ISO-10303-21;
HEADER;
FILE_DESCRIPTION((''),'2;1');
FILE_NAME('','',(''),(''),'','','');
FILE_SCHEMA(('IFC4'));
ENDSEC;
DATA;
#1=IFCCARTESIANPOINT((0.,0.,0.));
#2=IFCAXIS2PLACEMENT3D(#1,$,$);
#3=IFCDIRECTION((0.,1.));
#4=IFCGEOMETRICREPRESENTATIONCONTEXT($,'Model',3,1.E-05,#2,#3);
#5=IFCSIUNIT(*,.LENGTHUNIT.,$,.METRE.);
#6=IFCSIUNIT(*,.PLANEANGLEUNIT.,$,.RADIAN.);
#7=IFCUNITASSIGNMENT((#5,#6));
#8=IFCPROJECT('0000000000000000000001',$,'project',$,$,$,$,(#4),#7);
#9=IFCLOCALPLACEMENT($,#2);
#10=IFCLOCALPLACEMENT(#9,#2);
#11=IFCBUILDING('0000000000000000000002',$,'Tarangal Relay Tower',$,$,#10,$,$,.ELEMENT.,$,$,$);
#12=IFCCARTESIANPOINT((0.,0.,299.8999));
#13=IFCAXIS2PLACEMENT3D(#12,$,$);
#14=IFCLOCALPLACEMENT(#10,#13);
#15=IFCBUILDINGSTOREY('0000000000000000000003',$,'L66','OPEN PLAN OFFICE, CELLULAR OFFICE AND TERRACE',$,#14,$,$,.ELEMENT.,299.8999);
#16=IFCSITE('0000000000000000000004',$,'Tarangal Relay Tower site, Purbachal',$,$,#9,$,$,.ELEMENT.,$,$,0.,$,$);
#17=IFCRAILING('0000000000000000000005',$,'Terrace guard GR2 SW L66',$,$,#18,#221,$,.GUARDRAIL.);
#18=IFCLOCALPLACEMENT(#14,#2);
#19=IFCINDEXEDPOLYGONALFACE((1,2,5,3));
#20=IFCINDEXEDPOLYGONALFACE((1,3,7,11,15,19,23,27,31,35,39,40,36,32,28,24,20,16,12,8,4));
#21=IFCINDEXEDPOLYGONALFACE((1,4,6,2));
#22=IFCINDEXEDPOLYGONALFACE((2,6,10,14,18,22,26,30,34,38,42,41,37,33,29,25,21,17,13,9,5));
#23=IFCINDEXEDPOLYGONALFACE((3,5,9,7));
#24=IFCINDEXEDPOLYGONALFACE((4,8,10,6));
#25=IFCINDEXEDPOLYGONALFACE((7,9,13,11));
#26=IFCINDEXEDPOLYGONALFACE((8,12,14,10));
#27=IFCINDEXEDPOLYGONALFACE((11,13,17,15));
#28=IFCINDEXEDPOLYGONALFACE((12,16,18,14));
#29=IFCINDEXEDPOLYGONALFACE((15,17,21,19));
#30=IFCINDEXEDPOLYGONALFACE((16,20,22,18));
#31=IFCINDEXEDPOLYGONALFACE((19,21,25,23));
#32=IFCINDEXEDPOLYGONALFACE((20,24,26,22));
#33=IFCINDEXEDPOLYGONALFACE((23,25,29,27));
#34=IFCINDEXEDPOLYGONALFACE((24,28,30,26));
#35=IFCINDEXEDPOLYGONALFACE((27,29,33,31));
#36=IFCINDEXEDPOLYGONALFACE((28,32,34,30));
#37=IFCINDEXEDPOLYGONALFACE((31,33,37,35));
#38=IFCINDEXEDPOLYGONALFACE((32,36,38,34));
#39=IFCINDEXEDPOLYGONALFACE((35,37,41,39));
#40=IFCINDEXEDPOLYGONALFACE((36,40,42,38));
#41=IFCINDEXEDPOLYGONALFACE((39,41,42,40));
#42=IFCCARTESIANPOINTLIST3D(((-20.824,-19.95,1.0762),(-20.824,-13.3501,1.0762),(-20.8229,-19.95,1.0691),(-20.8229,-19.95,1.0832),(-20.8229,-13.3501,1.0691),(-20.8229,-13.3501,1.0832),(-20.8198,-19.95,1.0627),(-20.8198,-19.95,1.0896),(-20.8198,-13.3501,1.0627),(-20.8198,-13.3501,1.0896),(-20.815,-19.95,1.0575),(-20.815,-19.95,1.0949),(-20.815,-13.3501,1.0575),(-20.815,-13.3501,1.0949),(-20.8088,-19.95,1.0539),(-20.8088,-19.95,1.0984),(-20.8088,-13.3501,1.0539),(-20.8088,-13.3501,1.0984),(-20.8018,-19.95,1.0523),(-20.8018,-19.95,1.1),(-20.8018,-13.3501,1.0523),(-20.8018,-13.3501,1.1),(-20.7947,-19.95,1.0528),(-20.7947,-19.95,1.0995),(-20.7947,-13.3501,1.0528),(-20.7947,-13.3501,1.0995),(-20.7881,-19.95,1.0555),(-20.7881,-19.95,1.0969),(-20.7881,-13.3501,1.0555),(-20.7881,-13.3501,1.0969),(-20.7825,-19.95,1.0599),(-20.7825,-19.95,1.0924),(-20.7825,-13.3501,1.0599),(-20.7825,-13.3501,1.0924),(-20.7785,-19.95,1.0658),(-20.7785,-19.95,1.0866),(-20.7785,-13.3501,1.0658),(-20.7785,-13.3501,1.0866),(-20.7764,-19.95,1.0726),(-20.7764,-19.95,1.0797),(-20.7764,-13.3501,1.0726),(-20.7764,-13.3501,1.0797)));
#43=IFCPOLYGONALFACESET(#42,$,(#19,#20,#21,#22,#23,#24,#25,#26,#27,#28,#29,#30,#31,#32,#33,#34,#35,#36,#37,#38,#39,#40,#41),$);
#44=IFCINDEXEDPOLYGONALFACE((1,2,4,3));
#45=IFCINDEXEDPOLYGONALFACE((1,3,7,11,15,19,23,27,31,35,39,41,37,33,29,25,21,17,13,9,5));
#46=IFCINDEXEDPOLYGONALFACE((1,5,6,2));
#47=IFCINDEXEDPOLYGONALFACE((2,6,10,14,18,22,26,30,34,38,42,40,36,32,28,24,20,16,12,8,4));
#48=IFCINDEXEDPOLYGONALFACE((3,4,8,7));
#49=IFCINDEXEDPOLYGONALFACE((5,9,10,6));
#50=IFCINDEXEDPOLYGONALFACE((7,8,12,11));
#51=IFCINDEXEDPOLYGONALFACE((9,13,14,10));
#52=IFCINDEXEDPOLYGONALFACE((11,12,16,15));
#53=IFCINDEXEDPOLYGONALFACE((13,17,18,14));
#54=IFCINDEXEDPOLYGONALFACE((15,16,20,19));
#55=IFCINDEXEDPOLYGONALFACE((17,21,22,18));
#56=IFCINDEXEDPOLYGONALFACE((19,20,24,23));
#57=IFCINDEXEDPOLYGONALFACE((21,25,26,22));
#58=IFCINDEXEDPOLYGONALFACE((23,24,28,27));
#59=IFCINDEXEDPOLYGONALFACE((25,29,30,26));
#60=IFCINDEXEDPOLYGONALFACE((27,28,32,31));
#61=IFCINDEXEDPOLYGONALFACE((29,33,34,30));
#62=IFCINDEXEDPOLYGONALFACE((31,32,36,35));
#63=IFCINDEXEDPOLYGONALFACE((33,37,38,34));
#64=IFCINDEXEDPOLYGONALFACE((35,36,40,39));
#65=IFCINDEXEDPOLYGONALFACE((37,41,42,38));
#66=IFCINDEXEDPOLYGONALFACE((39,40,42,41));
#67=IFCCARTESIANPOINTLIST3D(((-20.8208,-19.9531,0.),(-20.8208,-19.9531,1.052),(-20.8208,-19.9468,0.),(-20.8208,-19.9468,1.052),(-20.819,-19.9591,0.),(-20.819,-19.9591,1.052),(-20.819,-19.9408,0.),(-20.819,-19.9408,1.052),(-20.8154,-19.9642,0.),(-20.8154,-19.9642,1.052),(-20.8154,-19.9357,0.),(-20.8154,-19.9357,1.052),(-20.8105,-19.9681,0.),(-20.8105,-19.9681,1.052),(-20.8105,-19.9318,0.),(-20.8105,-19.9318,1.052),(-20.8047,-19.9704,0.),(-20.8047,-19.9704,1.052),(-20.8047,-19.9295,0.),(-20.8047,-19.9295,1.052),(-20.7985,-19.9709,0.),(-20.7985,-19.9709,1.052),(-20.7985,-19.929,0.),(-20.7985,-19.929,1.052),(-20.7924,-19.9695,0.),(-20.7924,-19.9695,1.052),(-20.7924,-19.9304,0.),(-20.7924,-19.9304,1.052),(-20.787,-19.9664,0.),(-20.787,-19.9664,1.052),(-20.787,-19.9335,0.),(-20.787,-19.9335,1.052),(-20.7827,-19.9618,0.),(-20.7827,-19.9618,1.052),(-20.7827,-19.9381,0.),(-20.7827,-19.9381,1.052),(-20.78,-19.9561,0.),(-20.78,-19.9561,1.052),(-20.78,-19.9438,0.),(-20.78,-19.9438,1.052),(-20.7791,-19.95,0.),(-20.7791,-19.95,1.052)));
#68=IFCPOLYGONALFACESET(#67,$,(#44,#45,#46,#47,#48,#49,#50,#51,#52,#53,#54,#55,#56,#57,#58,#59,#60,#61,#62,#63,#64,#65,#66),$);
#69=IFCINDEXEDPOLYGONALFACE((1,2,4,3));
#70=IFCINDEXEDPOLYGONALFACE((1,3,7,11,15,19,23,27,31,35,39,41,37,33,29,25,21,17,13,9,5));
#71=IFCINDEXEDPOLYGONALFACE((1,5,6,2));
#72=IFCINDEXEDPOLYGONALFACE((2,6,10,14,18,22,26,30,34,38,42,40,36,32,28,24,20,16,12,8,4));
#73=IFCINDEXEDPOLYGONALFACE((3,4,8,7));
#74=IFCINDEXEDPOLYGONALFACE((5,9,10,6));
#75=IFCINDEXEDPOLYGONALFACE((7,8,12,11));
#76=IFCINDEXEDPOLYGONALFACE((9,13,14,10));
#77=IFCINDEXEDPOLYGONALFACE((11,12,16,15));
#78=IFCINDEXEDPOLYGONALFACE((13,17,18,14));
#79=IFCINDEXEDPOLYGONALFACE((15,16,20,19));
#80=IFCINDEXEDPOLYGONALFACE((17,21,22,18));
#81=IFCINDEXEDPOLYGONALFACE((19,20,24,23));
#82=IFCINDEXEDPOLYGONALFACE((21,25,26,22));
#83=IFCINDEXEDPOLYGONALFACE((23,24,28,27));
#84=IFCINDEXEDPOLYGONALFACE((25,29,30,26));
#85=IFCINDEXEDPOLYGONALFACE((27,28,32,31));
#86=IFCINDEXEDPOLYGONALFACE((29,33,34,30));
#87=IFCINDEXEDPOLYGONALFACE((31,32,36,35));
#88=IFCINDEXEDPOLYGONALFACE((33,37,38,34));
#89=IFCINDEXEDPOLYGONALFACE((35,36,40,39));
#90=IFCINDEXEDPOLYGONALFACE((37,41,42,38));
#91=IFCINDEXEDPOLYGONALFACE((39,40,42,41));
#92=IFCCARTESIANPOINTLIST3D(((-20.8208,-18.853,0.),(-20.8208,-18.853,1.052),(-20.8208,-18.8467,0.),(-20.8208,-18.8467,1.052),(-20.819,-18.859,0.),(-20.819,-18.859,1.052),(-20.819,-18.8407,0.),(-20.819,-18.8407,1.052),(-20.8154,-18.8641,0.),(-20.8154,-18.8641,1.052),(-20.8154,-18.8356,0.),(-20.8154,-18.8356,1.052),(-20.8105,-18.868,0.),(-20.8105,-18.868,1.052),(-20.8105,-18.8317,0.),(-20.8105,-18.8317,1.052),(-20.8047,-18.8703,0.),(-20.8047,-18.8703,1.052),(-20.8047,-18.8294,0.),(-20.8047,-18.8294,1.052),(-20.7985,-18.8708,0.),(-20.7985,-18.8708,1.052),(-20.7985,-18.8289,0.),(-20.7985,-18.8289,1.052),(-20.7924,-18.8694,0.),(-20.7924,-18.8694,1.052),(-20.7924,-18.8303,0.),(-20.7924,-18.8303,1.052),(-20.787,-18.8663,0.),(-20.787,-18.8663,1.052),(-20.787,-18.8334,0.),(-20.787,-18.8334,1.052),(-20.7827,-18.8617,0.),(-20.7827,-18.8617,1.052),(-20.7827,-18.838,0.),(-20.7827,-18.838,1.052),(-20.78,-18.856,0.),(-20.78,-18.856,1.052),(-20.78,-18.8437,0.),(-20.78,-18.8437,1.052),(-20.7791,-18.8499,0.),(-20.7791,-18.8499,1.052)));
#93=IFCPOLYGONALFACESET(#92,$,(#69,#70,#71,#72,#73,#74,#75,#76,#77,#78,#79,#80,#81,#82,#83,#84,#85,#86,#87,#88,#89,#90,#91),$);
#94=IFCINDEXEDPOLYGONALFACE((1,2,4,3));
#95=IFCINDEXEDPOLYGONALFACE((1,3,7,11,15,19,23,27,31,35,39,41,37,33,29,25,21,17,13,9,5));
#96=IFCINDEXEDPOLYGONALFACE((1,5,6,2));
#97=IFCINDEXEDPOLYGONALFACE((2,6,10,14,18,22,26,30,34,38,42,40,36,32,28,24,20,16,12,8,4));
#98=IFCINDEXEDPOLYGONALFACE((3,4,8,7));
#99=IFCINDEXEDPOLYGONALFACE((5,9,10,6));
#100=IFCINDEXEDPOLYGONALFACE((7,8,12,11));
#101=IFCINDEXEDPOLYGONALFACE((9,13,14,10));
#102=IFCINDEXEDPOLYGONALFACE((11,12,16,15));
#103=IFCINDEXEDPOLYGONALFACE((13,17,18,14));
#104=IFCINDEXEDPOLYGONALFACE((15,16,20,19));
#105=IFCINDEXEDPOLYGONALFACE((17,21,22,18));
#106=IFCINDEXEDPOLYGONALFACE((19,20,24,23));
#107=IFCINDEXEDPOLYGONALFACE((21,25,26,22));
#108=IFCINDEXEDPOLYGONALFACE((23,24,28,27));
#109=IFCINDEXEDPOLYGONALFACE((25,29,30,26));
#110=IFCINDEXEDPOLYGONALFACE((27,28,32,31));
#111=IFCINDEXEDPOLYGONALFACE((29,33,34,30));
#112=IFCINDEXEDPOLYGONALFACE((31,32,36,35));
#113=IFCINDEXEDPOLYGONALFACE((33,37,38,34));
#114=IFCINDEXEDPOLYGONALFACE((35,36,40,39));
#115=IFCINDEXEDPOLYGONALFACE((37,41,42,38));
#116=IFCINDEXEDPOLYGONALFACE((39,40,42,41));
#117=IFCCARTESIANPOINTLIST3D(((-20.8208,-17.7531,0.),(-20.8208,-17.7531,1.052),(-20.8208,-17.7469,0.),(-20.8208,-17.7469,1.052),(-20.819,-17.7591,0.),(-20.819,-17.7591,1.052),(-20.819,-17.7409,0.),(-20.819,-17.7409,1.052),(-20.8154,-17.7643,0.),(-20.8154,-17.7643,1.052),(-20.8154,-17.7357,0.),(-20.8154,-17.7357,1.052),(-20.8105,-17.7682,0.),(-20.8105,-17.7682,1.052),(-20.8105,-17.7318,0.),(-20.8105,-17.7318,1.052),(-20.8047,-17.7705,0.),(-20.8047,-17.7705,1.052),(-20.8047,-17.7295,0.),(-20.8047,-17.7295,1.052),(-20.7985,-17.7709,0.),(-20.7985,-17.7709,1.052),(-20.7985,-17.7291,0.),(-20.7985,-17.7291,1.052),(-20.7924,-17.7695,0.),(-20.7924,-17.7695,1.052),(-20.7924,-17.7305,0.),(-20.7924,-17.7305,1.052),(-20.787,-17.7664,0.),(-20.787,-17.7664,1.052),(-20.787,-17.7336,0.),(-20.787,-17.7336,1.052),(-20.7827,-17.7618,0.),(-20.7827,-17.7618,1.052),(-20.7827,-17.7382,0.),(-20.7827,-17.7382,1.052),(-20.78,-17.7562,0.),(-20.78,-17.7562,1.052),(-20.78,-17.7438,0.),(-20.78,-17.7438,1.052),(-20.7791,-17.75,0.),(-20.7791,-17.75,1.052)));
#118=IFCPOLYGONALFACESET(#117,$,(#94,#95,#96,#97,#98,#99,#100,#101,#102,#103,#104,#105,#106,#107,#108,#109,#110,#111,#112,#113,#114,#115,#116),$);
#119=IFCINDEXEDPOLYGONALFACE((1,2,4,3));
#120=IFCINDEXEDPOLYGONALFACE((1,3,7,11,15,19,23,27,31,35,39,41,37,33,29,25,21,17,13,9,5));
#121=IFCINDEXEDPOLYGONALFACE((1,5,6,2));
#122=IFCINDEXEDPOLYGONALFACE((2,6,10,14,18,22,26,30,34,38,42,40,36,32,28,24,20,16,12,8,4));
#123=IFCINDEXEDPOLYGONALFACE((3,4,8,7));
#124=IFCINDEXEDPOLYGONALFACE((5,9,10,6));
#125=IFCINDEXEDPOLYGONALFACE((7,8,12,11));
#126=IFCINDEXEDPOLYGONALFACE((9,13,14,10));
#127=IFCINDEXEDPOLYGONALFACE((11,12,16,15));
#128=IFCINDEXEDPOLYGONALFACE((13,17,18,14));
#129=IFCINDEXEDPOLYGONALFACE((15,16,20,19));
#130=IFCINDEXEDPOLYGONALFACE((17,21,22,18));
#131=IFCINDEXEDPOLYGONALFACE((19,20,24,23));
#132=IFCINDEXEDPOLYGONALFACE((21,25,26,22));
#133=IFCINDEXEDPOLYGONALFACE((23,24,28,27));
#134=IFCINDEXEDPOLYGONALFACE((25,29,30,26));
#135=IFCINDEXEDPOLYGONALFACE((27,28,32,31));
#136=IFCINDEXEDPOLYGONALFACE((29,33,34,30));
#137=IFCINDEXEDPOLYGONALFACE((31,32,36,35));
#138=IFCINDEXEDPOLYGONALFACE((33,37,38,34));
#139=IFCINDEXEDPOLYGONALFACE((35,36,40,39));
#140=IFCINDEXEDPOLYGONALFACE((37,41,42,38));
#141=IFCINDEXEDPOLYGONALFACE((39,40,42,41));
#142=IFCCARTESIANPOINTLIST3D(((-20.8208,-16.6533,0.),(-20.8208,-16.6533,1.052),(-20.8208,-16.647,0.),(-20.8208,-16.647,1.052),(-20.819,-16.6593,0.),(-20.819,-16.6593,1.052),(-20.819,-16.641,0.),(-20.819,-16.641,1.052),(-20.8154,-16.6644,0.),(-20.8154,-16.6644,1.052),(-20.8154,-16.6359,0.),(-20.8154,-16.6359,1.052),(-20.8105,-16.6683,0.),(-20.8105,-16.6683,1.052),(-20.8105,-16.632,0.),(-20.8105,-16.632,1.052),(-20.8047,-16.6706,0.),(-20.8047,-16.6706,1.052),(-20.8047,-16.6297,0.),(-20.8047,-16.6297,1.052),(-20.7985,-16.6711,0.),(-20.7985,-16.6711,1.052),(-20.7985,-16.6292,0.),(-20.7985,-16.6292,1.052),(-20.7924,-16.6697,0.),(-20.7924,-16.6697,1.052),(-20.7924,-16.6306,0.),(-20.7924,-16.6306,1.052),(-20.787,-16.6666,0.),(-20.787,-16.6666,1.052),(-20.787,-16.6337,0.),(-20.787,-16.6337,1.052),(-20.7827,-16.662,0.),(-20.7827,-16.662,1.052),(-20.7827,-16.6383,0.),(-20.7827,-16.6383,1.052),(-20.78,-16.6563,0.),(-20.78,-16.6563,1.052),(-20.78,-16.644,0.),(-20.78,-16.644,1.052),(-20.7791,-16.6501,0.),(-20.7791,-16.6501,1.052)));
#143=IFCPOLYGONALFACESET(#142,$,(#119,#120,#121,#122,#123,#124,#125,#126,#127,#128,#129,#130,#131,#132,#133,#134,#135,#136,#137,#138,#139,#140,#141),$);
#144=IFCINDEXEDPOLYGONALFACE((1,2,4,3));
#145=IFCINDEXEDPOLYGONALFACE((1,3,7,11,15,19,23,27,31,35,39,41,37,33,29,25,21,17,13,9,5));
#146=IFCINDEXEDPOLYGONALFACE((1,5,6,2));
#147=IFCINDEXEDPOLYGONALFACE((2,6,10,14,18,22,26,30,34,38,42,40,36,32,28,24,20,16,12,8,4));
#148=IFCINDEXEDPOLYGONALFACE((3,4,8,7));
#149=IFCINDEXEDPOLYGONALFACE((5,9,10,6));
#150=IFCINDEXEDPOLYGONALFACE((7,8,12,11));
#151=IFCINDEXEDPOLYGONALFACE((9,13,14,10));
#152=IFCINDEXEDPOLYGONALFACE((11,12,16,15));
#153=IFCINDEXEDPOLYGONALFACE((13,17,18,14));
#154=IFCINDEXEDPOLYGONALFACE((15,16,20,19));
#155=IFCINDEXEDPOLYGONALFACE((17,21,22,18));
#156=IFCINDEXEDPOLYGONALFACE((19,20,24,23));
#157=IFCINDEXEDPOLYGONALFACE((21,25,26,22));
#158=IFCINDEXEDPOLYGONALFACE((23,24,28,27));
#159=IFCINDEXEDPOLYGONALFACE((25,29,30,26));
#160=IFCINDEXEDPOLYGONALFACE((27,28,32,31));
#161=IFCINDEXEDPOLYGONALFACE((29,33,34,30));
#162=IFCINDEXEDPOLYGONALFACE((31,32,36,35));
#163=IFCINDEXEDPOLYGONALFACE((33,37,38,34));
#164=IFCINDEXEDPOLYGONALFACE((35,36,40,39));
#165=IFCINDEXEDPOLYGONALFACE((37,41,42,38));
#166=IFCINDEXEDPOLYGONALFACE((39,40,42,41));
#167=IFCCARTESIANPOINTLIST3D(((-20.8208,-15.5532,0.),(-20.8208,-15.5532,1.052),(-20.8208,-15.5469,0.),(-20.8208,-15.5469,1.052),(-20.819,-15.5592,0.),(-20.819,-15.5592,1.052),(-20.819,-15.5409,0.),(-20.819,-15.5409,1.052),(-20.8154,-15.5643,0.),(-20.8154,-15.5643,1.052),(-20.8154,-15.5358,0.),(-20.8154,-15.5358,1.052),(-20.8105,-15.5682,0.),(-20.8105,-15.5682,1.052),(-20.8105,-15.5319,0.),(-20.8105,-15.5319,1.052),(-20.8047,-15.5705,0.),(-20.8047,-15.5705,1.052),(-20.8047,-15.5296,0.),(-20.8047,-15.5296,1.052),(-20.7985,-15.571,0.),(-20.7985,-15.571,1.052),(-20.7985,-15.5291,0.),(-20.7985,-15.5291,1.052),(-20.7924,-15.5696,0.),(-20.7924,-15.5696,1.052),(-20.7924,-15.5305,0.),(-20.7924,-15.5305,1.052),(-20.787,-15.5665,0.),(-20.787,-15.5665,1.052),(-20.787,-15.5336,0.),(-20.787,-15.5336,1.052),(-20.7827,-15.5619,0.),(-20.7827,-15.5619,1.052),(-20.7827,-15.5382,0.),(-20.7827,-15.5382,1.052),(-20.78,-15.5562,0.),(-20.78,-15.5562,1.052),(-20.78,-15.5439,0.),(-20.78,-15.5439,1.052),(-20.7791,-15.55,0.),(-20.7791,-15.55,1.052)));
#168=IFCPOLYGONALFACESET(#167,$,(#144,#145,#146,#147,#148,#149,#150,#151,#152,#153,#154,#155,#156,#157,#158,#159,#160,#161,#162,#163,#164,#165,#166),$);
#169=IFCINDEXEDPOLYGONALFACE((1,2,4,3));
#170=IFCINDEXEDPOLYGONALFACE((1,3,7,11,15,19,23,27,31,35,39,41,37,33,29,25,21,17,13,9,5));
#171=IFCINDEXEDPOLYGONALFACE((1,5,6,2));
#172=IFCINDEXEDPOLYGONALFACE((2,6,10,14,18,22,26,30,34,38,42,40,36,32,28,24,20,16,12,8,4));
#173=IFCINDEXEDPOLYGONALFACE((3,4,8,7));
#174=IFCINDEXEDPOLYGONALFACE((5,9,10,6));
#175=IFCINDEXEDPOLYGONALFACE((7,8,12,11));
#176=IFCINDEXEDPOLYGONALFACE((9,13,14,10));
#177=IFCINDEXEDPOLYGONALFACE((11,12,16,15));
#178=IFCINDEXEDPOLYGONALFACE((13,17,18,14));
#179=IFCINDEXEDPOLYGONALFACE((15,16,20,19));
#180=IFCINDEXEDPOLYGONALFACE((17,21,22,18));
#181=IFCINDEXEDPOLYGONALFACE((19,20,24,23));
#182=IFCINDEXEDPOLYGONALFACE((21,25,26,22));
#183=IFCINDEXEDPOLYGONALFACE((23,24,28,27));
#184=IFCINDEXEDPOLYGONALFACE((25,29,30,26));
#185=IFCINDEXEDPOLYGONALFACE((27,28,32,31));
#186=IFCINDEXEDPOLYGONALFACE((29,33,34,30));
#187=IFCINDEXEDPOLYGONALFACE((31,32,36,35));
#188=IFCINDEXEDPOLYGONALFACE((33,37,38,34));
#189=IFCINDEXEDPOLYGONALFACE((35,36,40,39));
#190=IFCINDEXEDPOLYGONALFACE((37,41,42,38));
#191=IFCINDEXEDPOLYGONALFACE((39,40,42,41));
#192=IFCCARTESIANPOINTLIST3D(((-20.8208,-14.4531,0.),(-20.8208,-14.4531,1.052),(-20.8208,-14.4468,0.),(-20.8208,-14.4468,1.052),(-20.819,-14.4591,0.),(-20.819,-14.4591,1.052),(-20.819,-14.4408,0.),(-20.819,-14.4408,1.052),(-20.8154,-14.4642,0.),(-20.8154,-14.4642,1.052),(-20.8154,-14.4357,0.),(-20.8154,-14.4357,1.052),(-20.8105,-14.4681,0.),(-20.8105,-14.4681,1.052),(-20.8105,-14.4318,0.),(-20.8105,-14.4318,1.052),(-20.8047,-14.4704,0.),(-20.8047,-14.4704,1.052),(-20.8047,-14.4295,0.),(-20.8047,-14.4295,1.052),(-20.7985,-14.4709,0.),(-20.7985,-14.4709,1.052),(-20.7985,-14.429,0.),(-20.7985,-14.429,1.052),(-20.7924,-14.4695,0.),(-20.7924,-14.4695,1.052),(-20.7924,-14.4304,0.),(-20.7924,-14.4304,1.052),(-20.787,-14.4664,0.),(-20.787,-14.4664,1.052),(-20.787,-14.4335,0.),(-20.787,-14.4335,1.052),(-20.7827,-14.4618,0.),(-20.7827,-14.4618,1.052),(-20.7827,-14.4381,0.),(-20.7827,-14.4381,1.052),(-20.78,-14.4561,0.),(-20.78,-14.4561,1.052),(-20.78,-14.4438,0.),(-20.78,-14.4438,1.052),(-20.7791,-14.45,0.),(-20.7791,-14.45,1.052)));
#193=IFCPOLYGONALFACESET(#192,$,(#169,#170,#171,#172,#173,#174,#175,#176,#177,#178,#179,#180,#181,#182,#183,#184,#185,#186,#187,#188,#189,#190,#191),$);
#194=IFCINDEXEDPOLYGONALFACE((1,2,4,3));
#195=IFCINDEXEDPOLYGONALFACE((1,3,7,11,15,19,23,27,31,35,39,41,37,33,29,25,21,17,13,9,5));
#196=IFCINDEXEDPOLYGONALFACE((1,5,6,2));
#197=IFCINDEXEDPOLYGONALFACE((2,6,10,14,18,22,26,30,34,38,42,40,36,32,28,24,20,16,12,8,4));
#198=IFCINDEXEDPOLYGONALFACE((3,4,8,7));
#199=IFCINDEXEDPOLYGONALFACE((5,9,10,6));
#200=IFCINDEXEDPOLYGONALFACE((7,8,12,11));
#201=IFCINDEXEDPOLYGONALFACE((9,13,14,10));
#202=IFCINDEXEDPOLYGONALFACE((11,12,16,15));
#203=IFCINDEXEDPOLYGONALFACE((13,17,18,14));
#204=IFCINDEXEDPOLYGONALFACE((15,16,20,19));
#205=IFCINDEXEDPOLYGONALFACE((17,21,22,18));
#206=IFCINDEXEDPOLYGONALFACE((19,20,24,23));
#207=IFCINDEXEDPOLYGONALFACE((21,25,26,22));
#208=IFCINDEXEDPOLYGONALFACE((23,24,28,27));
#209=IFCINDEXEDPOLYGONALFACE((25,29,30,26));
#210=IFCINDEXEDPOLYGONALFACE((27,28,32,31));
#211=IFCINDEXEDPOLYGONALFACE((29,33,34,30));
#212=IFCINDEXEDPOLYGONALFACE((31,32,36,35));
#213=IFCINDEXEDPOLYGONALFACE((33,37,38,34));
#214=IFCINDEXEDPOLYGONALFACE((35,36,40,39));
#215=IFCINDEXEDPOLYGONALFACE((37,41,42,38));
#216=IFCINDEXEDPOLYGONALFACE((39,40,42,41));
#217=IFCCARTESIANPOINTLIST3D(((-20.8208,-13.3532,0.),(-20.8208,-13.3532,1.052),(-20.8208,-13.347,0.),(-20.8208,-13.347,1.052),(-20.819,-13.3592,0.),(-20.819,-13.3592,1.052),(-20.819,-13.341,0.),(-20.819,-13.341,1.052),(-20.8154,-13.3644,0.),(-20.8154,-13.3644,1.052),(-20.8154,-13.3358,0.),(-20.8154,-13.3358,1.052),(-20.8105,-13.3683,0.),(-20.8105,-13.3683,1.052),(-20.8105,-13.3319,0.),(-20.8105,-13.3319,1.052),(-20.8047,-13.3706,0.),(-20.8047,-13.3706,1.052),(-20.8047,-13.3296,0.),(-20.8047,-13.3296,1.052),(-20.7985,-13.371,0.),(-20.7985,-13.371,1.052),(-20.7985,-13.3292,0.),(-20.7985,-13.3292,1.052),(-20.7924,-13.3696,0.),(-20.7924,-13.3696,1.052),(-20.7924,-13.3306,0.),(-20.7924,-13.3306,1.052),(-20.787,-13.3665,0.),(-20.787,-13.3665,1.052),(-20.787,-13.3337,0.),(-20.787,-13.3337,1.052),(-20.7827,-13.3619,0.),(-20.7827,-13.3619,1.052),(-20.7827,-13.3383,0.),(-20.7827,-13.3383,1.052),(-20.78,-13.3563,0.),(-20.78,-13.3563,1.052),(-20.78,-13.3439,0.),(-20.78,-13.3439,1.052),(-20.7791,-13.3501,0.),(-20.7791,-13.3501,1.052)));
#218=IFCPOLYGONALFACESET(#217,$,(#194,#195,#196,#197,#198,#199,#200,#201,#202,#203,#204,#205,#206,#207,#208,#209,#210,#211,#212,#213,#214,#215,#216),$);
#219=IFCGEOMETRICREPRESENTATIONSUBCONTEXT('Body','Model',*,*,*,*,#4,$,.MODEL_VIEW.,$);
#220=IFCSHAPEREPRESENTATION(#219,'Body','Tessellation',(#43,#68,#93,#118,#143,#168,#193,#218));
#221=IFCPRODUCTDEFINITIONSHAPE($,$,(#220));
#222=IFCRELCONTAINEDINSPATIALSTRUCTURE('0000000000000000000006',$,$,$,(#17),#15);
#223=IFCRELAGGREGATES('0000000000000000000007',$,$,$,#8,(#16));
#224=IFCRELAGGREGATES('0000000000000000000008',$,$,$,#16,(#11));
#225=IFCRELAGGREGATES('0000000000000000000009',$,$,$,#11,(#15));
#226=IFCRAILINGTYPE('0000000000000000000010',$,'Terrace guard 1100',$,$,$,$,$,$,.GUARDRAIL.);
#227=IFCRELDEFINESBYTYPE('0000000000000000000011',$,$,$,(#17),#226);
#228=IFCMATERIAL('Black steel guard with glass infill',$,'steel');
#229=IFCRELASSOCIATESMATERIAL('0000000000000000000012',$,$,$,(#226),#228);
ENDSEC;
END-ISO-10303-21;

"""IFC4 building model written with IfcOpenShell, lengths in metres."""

from ifc_helpers import new_model, si_unit, direction, frame, origin, origin_2d, place, context, subcontext, project, spatial, circle, extrude, material, type_object, element, save


model = new_model("IFC4")

# Units and contexts
model_context = context("Model", 3, precision=1e-05, world=origin(), true_north=direction((0.0, 1.0)))
body_context = subcontext(model_context, "Body", "Model", "MODEL_VIEW")
ifc_project = project(units=[si_unit("LENGTHUNIT", "METRE"), si_unit("PLANEANGLEUNIT", "RADIAN")], contexts=[model_context])

# Site, building, storey
site_placement = place(None, origin())
site = spatial("IfcSite", under=ifc_project, at=site_placement, Name="Tarangal Relay Tower site, Purbachal", CompositionType="ELEMENT", RefElevation=0.0)
building_placement = place(site_placement, origin())
building = spatial("IfcBuilding", under=site, at=building_placement, Name="Tarangal Relay Tower", CompositionType="ELEMENT")
storey_placement = place(building_placement, frame((0.0, 0.0, 299.8999)))
storey = spatial("IfcBuildingStorey", under=building, at=storey_placement, Name="L66", Description="OPEN PLAN OFFICE, CELLULAR OFFICE AND TERRACE", CompositionType="ELEMENT", Elevation=299.8999)

# Railing
ifc_material_1 = material(Name="Black steel guard with glass infill", Category="steel")
railing_type = type_object("IfcRailingType", Name="Terrace guard 1100", PredefinedType="GUARDRAIL", material=ifc_material_1)
railing_1_placement = place(storey_placement, frame((-20.8, -19.95, 0.0)))
element("IfcRailing", 1, at=railing_1_placement, inside=storey, type_object=railing_type, Name="Terrace guard GR2 SW L66", PredefinedType="GUARDRAIL", context=body_context, shape_type="SweptSolid", body=[
    extrude(circle(Radius=0.0239, at=origin_2d()), frame((0.0, 0.0, 1.0762), z_axis=(0.0, 1.0, 0.0), x_axis=(-1.0, 0.0, 0.0)), (0.0, 0.0, 1.0), 6.5999),
    extrude(circle(Radius=0.021, at=origin_2d()), origin(), (0.0, 0.0, 1.0), 1.052),
    extrude(circle(Radius=0.021, at=origin_2d()), frame((0.0, 1.1001, 0.0)), (0.0, 0.0, 1.0), 1.052),
    extrude(circle(Radius=0.021, at=origin_2d()), frame((0.0, 2.2, 0.0)), (0.0, 0.0, 1.0), 1.052),
    extrude(circle(Radius=0.021, at=origin_2d()), frame((0.0, 3.2998, 0.0)), (0.0, 0.0, 1.0), 1.052),
    extrude(circle(Radius=0.021, at=origin_2d()), frame((0.0, 4.3999, 0.0)), (0.0, 0.0, 1.0), 1.052),
    extrude(circle(Radius=0.021, at=origin_2d()), frame((0.0, 5.5, 0.0)), (0.0, 0.0, 1.0), 1.052),
    extrude(circle(Radius=0.021, at=origin_2d()), frame((0.0, 6.5999, 0.0)), (0.0, 0.0, 1.0), 1.052),
])

save(model, "model.ifc")
